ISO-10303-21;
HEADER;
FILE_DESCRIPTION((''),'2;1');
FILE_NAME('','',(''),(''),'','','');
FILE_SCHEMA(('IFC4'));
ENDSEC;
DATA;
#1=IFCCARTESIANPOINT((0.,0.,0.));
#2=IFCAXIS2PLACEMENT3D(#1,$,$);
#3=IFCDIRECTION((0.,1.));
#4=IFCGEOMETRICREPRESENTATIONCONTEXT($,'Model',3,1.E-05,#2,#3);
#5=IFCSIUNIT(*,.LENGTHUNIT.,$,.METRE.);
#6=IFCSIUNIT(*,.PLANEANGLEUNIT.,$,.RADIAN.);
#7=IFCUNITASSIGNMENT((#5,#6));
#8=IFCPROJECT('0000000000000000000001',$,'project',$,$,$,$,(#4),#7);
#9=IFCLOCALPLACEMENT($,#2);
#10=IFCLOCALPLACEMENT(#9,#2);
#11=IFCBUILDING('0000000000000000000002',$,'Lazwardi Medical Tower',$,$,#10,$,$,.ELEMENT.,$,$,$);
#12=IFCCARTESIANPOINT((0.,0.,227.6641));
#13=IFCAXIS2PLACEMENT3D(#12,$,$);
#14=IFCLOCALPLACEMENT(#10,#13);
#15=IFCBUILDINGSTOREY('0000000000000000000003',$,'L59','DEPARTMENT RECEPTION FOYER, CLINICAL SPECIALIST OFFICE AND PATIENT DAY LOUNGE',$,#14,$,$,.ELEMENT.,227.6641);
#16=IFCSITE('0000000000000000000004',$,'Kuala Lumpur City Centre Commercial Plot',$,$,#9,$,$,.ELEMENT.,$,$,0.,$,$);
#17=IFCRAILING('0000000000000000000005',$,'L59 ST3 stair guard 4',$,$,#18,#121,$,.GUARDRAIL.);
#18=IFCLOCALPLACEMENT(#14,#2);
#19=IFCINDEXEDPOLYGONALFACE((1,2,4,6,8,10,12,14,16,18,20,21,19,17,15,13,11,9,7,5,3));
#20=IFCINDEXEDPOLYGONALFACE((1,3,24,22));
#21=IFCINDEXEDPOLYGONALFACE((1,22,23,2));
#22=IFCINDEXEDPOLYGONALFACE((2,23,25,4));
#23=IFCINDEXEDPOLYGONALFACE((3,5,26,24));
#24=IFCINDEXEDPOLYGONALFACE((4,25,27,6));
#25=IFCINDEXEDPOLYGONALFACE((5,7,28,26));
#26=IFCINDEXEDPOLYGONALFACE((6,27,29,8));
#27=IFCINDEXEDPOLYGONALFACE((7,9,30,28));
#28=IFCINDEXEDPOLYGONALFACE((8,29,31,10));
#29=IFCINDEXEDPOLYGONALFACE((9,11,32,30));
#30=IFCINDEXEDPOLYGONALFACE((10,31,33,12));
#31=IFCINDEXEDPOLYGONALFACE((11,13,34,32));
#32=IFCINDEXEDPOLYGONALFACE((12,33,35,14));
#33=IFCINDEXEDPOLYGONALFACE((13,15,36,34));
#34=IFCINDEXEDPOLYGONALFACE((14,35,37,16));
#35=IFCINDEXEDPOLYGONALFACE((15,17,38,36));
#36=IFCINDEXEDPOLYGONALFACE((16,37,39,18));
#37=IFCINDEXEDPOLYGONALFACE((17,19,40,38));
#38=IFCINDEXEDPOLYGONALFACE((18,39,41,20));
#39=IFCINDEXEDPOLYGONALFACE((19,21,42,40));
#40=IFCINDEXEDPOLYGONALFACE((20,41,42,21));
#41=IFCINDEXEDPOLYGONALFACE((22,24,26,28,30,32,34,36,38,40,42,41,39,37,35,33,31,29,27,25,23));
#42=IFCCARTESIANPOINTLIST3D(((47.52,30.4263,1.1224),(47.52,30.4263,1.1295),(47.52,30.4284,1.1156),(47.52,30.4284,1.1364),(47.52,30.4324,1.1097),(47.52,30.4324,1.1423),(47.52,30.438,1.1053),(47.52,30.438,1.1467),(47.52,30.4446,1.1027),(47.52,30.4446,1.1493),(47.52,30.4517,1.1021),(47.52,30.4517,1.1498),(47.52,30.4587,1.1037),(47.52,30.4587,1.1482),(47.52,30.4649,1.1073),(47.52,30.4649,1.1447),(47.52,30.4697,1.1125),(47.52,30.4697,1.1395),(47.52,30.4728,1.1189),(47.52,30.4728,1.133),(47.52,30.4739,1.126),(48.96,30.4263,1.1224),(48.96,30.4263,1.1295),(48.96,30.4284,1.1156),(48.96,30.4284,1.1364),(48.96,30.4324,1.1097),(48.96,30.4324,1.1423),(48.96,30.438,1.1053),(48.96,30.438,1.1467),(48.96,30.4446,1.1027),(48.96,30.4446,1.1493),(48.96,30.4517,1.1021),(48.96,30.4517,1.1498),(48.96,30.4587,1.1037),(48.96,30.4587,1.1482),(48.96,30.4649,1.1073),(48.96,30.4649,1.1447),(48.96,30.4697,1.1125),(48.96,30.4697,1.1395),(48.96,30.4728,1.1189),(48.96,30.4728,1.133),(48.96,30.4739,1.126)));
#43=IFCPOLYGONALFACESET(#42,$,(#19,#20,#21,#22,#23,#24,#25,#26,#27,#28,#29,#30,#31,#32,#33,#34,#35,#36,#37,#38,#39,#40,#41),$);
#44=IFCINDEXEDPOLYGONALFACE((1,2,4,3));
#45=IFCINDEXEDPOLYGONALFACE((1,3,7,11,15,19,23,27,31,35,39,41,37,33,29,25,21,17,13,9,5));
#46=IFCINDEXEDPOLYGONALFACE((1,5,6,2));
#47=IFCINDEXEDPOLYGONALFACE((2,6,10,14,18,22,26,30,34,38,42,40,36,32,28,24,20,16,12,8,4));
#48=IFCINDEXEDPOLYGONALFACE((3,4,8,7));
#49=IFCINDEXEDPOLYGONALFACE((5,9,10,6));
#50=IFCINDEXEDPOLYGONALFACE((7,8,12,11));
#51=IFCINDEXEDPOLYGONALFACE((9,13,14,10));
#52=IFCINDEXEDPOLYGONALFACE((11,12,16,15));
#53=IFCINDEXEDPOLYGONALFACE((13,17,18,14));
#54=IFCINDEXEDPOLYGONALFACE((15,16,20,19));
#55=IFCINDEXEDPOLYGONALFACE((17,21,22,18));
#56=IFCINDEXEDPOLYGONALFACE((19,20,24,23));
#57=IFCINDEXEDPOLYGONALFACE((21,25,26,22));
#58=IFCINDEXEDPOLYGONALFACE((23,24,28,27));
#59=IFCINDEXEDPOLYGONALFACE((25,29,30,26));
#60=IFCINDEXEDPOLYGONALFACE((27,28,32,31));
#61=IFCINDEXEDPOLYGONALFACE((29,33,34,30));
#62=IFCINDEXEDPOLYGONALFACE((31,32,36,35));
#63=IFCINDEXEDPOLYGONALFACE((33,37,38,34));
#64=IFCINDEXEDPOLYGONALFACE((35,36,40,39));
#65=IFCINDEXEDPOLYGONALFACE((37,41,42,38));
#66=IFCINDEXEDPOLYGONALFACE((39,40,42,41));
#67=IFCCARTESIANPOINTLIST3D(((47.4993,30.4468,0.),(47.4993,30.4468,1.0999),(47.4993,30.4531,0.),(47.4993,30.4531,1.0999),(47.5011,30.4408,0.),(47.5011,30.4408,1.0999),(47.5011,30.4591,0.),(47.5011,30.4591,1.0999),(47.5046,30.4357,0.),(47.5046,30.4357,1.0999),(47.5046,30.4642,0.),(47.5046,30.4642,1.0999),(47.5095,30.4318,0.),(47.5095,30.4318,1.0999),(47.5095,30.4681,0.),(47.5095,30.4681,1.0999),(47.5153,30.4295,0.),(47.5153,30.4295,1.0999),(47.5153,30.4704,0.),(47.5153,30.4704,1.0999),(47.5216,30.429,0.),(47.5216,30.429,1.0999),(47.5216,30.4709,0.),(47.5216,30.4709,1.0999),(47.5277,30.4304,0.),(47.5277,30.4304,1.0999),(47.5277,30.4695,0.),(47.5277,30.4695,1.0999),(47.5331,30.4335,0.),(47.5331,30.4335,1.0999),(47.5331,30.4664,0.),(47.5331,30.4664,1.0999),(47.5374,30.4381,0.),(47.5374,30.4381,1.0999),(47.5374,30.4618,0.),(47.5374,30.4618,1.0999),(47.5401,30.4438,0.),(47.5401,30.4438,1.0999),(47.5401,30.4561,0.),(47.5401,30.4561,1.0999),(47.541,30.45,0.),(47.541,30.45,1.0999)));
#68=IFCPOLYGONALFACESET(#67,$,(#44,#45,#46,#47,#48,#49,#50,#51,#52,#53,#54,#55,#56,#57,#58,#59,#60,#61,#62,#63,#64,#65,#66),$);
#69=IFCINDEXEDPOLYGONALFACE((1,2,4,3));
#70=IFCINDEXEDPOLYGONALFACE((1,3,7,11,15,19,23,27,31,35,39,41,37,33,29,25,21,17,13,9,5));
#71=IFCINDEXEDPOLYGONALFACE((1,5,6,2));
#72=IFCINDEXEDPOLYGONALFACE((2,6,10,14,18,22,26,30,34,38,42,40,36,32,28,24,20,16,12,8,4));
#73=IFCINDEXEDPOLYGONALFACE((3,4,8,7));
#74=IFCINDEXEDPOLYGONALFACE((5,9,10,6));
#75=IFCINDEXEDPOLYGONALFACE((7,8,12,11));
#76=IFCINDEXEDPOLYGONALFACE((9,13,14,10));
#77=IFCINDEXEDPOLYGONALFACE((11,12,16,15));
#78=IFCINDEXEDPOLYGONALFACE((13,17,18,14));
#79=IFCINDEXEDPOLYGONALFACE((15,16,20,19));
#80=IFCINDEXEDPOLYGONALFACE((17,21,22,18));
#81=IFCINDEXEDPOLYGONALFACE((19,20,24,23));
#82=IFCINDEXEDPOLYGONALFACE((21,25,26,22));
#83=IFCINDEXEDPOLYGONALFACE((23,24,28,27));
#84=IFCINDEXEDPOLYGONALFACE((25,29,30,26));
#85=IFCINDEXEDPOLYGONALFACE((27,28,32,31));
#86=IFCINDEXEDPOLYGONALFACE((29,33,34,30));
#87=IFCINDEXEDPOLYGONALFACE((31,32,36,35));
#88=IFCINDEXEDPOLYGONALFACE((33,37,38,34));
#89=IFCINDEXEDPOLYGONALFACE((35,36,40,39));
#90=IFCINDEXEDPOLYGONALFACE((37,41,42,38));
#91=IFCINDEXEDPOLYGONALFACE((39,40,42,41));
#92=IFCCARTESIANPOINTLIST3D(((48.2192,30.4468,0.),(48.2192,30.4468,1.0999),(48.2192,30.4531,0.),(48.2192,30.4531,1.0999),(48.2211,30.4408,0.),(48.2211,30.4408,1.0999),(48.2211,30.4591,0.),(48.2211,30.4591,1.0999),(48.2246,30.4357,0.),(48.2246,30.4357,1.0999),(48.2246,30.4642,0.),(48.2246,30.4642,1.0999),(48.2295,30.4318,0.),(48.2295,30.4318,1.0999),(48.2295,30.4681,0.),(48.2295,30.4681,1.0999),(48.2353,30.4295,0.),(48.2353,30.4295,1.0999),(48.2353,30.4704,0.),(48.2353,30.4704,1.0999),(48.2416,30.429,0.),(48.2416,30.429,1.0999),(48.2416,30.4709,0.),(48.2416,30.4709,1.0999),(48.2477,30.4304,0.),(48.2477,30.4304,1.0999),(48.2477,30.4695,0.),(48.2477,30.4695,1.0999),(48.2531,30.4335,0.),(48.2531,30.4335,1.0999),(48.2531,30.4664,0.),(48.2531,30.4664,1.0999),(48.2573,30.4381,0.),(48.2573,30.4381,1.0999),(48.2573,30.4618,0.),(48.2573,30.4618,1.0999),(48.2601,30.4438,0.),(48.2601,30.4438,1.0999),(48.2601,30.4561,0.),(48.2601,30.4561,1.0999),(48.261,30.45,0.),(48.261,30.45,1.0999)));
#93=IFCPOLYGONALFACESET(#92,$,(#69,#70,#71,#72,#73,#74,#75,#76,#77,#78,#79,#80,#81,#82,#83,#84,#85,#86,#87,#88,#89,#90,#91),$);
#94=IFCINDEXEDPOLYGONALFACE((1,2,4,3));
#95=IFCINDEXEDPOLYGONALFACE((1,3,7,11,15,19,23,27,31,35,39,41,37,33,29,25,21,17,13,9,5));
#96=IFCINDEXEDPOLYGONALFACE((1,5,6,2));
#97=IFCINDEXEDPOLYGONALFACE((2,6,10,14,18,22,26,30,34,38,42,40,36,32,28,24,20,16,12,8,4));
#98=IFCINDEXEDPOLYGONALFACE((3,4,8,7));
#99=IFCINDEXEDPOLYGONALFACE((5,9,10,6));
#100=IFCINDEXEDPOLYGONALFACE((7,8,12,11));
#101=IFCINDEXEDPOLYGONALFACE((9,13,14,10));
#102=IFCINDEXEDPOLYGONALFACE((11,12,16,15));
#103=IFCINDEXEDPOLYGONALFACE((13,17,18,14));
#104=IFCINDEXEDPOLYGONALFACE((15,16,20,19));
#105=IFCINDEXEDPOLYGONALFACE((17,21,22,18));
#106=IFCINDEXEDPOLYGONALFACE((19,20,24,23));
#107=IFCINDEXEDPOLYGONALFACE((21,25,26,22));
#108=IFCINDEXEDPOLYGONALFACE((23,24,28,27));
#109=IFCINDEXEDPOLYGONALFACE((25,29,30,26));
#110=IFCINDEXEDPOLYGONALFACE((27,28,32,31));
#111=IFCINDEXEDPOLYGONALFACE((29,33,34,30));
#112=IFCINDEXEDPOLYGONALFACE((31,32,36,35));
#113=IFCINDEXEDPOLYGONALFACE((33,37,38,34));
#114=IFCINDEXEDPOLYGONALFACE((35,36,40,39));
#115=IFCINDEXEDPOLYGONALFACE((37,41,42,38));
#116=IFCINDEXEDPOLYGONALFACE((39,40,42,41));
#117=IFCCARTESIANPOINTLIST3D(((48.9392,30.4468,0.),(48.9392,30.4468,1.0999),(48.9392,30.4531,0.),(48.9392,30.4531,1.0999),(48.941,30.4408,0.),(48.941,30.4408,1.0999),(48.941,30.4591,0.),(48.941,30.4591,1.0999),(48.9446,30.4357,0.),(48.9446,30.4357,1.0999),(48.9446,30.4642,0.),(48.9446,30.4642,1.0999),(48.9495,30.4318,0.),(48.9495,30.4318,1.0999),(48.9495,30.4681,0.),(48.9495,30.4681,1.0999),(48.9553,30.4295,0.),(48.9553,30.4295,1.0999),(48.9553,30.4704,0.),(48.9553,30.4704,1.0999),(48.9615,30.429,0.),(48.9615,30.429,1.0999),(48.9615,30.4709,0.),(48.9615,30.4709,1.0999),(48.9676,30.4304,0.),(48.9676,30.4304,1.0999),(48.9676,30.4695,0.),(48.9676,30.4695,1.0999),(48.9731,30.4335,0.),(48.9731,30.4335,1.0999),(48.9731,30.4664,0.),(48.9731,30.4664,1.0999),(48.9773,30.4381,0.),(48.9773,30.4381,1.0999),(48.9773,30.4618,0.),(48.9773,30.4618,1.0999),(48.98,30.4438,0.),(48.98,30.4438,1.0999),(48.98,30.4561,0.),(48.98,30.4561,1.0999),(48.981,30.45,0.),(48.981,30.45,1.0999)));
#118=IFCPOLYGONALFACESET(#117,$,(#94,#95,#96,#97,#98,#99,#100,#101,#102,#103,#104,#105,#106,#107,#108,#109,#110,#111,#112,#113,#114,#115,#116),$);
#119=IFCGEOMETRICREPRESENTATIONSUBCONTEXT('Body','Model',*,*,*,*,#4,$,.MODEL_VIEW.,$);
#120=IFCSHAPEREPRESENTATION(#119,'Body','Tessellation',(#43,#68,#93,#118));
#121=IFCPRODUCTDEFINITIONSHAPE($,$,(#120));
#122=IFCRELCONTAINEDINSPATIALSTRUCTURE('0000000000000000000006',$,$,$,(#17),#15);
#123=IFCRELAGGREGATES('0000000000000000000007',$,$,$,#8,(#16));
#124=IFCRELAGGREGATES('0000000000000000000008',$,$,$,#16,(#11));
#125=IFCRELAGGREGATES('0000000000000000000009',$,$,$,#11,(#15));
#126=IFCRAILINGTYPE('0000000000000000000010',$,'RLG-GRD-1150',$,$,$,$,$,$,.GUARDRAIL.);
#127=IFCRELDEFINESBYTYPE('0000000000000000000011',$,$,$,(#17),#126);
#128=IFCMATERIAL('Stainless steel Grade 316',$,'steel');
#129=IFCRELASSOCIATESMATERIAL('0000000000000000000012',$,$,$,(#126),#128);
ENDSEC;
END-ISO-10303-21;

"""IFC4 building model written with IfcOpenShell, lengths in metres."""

from ifc_helpers import new_model, si_unit, direction, frame, origin, origin_2d, place, context, subcontext, project, spatial, circle, extrude, material, type_object, element, save


model = new_model("IFC4")

# Units and contexts
model_context = context("Model", 3, precision=1e-05, world=origin(), true_north=direction((0.0, 1.0)))
body_context = subcontext(model_context, "Body", "Model", "MODEL_VIEW")
ifc_project = project(units=[si_unit("LENGTHUNIT", "METRE"), si_unit("PLANEANGLEUNIT", "RADIAN")], contexts=[model_context])

# Site, building, storey
site_placement = place(None, origin())
site = spatial("IfcSite", under=ifc_project, at=site_placement, Name="Kuala Lumpur City Centre Commercial Plot", CompositionType="ELEMENT", RefElevation=0.0)
building_placement = place(site_placement, origin())
building = spatial("IfcBuilding", under=site, at=building_placement, Name="Lazwardi Medical Tower", CompositionType="ELEMENT")
storey_placement = place(building_placement, frame((0.0, 0.0, 227.6641)))
storey = spatial("IfcBuildingStorey", under=building, at=storey_placement, Name="L59", Description="DEPARTMENT RECEPTION FOYER, CLINICAL SPECIALIST OFFICE AND PATIENT DAY LOUNGE", CompositionType="ELEMENT", Elevation=227.6641)

# Railing
ifc_material_1 = material(Name="Stainless steel Grade 316", Category="steel")
railing_type = type_object("IfcRailingType", Name="RLG-GRD-1150", PredefinedType="GUARDRAIL", material=ifc_material_1)
railing_1_placement = place(storey_placement, frame((47.52, 30.45, 0.0)))
element("IfcRailing", 1, at=railing_1_placement, inside=storey, type_object=railing_type, Name="L59 ST3 stair guard 4", PredefinedType="GUARDRAIL", context=body_context, shape_type="SweptSolid", body=[
    extrude(circle(Radius=0.0239, at=origin_2d()), frame((0.0, 0.0, 1.126), z_axis=(1.0, 0.0, 0.0), x_axis=(0.0, 1.0, 0.0)), (0.0, 0.0, 1.0), 1.4399),
    extrude(circle(Radius=0.021, at=origin_2d()), origin(), (0.0, 0.0, 1.0), 1.0999),
    extrude(circle(Radius=0.021, at=origin_2d()), frame((0.72, 0.0, 0.0)), (0.0, 0.0, 1.0), 1.0999),
    extrude(circle(Radius=0.021, at=origin_2d()), frame((1.4399, 0.0, 0.0)), (0.0, 0.0, 1.0), 1.0999),
])

save(model, "model.ifc")
